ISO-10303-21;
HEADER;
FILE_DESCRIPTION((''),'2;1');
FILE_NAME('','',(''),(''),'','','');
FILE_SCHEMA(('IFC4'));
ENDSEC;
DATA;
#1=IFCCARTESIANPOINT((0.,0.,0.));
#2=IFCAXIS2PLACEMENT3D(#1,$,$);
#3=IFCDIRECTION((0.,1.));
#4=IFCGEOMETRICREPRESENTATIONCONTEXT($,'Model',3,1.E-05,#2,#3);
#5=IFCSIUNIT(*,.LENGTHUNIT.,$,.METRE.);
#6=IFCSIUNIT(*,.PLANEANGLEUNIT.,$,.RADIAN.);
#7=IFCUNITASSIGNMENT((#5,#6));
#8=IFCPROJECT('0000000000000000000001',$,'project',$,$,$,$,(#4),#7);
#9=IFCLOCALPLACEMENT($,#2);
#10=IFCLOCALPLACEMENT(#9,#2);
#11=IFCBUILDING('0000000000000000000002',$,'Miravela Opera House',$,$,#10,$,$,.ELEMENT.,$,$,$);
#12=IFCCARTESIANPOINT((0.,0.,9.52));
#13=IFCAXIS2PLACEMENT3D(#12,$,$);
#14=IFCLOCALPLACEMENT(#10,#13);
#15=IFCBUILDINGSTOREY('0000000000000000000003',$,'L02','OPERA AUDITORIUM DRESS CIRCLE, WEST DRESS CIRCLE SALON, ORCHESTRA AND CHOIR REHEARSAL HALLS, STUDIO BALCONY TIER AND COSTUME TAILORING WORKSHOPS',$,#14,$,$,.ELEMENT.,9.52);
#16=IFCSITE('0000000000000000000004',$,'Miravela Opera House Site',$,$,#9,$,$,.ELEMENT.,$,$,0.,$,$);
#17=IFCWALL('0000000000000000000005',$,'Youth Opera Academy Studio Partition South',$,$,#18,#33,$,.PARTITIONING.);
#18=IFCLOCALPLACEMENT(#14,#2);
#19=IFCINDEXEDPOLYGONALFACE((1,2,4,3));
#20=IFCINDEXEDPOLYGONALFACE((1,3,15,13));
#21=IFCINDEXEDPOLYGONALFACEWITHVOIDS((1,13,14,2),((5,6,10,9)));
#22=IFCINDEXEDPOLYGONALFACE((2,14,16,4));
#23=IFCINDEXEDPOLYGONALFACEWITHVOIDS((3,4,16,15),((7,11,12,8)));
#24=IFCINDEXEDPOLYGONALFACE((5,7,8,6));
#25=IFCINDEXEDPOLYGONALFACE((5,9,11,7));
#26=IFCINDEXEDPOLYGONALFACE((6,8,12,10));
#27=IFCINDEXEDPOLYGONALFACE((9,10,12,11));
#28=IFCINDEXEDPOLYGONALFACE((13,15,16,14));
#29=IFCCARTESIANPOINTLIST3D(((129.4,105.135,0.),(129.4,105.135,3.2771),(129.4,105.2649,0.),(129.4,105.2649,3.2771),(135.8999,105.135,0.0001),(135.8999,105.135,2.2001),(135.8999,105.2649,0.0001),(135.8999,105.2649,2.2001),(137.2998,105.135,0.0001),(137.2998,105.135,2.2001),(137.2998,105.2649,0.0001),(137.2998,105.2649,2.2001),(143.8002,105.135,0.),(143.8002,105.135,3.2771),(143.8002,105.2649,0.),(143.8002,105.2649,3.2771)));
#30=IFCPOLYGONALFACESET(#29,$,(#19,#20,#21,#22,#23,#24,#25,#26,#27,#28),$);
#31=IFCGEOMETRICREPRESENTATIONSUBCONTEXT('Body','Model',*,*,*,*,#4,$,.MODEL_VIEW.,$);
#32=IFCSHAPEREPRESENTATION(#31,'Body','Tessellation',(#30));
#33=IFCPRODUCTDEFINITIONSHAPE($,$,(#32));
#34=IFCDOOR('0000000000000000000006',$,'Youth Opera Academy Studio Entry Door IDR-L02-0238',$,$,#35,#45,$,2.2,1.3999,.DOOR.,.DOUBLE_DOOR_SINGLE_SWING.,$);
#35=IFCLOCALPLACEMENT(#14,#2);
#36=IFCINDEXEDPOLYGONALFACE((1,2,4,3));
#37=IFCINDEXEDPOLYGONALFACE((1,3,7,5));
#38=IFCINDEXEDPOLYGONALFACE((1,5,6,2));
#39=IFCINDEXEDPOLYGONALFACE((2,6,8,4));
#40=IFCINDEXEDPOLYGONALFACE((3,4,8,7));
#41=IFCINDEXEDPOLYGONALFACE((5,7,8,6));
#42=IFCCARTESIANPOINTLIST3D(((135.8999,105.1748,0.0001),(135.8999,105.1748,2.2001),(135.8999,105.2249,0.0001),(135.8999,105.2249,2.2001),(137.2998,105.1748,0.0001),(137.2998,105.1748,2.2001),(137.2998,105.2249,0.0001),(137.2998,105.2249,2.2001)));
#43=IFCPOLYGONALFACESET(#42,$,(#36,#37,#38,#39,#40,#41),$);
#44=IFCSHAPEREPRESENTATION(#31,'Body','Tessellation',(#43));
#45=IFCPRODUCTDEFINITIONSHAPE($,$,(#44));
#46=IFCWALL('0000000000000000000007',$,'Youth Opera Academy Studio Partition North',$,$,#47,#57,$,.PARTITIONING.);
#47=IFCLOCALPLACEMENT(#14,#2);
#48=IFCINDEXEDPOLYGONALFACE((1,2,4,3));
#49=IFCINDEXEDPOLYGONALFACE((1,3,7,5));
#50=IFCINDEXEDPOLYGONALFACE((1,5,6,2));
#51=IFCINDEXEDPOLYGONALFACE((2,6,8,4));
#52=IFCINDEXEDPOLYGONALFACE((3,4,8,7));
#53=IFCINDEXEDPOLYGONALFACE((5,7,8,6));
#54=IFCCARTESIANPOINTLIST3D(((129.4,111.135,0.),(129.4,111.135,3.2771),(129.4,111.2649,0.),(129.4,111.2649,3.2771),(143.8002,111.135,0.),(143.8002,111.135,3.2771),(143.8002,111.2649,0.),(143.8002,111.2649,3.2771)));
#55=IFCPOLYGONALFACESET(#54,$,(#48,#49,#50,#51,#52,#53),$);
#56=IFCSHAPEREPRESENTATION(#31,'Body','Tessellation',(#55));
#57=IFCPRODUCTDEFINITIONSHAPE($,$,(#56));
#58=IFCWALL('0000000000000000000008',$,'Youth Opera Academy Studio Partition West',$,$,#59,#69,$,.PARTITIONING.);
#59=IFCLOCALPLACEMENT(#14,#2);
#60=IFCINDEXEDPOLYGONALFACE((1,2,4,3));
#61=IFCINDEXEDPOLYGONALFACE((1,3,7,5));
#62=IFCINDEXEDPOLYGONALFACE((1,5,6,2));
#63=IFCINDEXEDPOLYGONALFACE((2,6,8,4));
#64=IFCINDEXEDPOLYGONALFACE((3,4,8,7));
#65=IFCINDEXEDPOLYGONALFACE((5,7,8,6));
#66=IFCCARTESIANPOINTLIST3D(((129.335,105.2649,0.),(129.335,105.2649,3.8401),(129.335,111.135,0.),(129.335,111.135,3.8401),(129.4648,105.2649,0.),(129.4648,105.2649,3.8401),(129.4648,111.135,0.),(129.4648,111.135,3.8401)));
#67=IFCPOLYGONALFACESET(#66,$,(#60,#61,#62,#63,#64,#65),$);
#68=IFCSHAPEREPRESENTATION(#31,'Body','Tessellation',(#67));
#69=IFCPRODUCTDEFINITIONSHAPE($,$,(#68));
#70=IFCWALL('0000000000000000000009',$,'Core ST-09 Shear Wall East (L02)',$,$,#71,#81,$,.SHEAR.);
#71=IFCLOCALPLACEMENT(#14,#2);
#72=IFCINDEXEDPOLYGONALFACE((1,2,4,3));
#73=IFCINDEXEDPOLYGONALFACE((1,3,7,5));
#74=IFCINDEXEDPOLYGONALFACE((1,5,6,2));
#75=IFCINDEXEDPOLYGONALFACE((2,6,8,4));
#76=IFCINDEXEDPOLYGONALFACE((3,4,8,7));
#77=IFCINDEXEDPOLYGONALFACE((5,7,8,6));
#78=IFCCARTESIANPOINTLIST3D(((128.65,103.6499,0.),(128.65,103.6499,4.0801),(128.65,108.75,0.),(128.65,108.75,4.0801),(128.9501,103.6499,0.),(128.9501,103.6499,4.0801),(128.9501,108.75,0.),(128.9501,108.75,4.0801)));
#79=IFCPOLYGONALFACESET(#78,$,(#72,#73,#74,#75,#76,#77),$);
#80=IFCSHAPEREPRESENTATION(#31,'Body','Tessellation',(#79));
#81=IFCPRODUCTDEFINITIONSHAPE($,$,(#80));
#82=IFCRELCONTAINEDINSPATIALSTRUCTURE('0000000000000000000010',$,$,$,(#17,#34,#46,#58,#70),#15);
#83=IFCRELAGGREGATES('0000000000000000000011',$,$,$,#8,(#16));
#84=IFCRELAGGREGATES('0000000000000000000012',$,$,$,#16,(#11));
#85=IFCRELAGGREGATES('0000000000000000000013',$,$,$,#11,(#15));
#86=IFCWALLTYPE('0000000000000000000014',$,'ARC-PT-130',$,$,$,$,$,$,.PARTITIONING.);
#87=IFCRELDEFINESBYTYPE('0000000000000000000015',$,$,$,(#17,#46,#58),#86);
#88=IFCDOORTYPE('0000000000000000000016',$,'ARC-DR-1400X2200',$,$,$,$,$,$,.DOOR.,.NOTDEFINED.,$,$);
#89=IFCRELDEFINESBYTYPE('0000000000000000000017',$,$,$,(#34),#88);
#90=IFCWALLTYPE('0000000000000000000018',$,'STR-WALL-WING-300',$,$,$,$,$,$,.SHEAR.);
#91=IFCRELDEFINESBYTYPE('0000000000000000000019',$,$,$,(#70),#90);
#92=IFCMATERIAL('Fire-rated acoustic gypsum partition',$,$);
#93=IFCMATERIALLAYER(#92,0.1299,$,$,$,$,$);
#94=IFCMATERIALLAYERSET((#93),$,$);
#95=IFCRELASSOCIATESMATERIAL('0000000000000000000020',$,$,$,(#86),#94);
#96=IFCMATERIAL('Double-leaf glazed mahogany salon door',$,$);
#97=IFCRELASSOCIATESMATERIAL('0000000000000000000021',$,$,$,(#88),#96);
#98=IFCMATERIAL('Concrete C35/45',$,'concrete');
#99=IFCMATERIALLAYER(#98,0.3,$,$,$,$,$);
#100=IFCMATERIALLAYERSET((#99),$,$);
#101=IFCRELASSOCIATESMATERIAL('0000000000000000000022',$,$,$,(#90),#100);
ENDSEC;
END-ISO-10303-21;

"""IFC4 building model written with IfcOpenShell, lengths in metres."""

from ifc_helpers import new_model, si_unit, direction, frame, frame_2d, origin, place, context, subcontext, project, spatial, rectangle, extrude, material, layer, layer_set, type_object, element, fill, save


model = new_model("IFC4")

# Units and contexts
model_context = context("Model", 3, precision=1e-05, world=origin(), true_north=direction((0.0, 1.0)))
body_context = subcontext(model_context, "Body", "Model", "MODEL_VIEW")
ifc_project = project(units=[si_unit("LENGTHUNIT", "METRE"), si_unit("PLANEANGLEUNIT", "RADIAN")], contexts=[model_context])

# Site, building, storey
site_placement = place(None, origin())
site = spatial("IfcSite", under=ifc_project, at=site_placement, Name="Miravela Opera House Site", CompositionType="ELEMENT", RefElevation=0.0)
building_placement = place(site_placement, origin())
building = spatial("IfcBuilding", under=site, at=building_placement, Name="Miravela Opera House", CompositionType="ELEMENT")
storey_placement = place(building_placement, frame((0.0, 0.0, 9.52)))
storey = spatial("IfcBuildingStorey", under=building, at=storey_placement, Name="L02", Description="OPERA AUDITORIUM DRESS CIRCLE, WEST DRESS CIRCLE SALON, ORCHESTRA AND CHOIR REHEARSAL HALLS, STUDIO BALCONY TIER AND COSTUME TAILORING WORKSHOPS", CompositionType="ELEMENT", Elevation=9.52)

# Shared definitions
ifc_material_1 = material(Name="Concrete C35/45", Category="concrete")

# Wall, opening, door
ifc_material_2 = material(Name="Fire-rated acoustic gypsum partition")
ifc_layer_1 = layer(ifc_material_2, 0.1299)
ifc_layer_set_1 = layer_set([ifc_layer_1])
wall_type_1 = type_object("IfcWallType", Name="ARC-PT-130", PredefinedType="PARTITIONING", material=ifc_layer_set_1)
wall_1_placement = place(storey_placement, frame((129.3999, 105.2, 0.0), z_axis=(0.0, 0.0, 1.0), x_axis=(1.0, 0.0, 0.0)))
wall_1 = element("IfcWall", 1, at=wall_1_placement, inside=storey, type_object=wall_type_1, Name="Youth Opera Academy Studio Partition South", PredefinedType="PARTITIONING", context=body_context, shape_type="SweptSolid", body=[
    extrude(rectangle(XDim=14.4001, YDim=0.1299, at=frame_2d((7.2002, 0.0))), origin(), (0.0, 0.0, 1.0), 3.2771),
])
opening_placement = place(wall_1_placement, frame((6.5, 0.0, 0.0)))
opening = element("IfcOpeningElement", 2, at=opening_placement, cuts=wall_1, PredefinedType="OPENING", context=body_context, shape_type="SweptSolid", body=[
    extrude(rectangle(XDim=1.3999, YDim=2.2, at=frame_2d((0.7, 1.1001))), frame((0.0, 0.075, 0.0), z_axis=(0.0, -1.0, 0.0), x_axis=(1.0, 0.0, 0.0)), (0.0, 0.0, 1.0), 0.1499),
])
ifc_material_3 = material(Name="Double-leaf glazed mahogany salon door")
door_type = type_object("IfcDoorType", Name="ARC-DR-1400X2200", OperationType="NOTDEFINED", PredefinedType="DOOR", material=ifc_material_3)
door_placement = place(opening_placement, origin())
door = element("IfcDoor", 3, at=door_placement, inside=storey, type_object=door_type, Name="Youth Opera Academy Studio Entry Door IDR-L02-0238", OperationType="DOUBLE_DOOR_SINGLE_SWING", OverallHeight=2.2, OverallWidth=1.3999, PredefinedType="DOOR", context=body_context, shape_type="SweptSolid", body=[
    extrude(rectangle(XDim=1.3999, YDim=2.2, at=frame_2d((0.7, 1.1001))), frame((0.0, 0.0249, 0.0), z_axis=(0.0, -1.0, 0.0), x_axis=(1.0, 0.0, 0.0)), (0.0, 0.0, 1.0), 0.05),
])
fill(opening, door)

# Walls
wall_2_placement = place(storey_placement, frame((129.3999, 111.2, 0.0), z_axis=(0.0, 0.0, 1.0), x_axis=(1.0, 0.0, 0.0)))
element("IfcWall", 4, at=wall_2_placement, inside=storey, type_object=wall_type_1, Name="Youth Opera Academy Studio Partition North", PredefinedType="PARTITIONING", context=body_context, shape_type="SweptSolid", body=[
    extrude(rectangle(XDim=14.4001, YDim=0.1299, at=frame_2d((7.2002, 0.0))), origin(), (0.0, 0.0, 1.0), 3.2771),
])
wall_3_placement = place(storey_placement, frame((129.3999, 105.2649, 0.0), z_axis=(0.0, 0.0, 1.0), x_axis=(0.0, 1.0, 0.0)))
element("IfcWall", 5, at=wall_3_placement, inside=storey, type_object=wall_type_1, Name="Youth Opera Academy Studio Partition West", PredefinedType="PARTITIONING", context=body_context, shape_type="SweptSolid", body=[
    extrude(rectangle(XDim=5.8701, YDim=0.1299, at=frame_2d((2.9351, 0.0))), origin(), (0.0, 0.0, 1.0), 3.8401),
])
ifc_layer_2 = layer(ifc_material_1, 0.3)
ifc_layer_set_2 = layer_set([ifc_layer_2])
wall_type_2 = type_object("IfcWallType", Name="STR-WALL-WING-300", PredefinedType="SHEAR", material=ifc_layer_set_2)
wall_4_placement = place(storey_placement, frame((128.8, 103.6499, 0.0), z_axis=(0.0, 0.0, 1.0), x_axis=(0.0, 1.0, 0.0)))
element("IfcWall", 6, at=wall_4_placement, inside=storey, type_object=wall_type_2, Name="Core ST-09 Shear Wall East (L02)", PredefinedType="SHEAR", context=body_context, shape_type="SweptSolid", body=[
    extrude(rectangle(XDim=5.1001, YDim=0.3, at=frame_2d((2.55, 0.0))), origin(), (0.0, 0.0, 1.0), 4.0801),
])

save(model, "model.ifc")
